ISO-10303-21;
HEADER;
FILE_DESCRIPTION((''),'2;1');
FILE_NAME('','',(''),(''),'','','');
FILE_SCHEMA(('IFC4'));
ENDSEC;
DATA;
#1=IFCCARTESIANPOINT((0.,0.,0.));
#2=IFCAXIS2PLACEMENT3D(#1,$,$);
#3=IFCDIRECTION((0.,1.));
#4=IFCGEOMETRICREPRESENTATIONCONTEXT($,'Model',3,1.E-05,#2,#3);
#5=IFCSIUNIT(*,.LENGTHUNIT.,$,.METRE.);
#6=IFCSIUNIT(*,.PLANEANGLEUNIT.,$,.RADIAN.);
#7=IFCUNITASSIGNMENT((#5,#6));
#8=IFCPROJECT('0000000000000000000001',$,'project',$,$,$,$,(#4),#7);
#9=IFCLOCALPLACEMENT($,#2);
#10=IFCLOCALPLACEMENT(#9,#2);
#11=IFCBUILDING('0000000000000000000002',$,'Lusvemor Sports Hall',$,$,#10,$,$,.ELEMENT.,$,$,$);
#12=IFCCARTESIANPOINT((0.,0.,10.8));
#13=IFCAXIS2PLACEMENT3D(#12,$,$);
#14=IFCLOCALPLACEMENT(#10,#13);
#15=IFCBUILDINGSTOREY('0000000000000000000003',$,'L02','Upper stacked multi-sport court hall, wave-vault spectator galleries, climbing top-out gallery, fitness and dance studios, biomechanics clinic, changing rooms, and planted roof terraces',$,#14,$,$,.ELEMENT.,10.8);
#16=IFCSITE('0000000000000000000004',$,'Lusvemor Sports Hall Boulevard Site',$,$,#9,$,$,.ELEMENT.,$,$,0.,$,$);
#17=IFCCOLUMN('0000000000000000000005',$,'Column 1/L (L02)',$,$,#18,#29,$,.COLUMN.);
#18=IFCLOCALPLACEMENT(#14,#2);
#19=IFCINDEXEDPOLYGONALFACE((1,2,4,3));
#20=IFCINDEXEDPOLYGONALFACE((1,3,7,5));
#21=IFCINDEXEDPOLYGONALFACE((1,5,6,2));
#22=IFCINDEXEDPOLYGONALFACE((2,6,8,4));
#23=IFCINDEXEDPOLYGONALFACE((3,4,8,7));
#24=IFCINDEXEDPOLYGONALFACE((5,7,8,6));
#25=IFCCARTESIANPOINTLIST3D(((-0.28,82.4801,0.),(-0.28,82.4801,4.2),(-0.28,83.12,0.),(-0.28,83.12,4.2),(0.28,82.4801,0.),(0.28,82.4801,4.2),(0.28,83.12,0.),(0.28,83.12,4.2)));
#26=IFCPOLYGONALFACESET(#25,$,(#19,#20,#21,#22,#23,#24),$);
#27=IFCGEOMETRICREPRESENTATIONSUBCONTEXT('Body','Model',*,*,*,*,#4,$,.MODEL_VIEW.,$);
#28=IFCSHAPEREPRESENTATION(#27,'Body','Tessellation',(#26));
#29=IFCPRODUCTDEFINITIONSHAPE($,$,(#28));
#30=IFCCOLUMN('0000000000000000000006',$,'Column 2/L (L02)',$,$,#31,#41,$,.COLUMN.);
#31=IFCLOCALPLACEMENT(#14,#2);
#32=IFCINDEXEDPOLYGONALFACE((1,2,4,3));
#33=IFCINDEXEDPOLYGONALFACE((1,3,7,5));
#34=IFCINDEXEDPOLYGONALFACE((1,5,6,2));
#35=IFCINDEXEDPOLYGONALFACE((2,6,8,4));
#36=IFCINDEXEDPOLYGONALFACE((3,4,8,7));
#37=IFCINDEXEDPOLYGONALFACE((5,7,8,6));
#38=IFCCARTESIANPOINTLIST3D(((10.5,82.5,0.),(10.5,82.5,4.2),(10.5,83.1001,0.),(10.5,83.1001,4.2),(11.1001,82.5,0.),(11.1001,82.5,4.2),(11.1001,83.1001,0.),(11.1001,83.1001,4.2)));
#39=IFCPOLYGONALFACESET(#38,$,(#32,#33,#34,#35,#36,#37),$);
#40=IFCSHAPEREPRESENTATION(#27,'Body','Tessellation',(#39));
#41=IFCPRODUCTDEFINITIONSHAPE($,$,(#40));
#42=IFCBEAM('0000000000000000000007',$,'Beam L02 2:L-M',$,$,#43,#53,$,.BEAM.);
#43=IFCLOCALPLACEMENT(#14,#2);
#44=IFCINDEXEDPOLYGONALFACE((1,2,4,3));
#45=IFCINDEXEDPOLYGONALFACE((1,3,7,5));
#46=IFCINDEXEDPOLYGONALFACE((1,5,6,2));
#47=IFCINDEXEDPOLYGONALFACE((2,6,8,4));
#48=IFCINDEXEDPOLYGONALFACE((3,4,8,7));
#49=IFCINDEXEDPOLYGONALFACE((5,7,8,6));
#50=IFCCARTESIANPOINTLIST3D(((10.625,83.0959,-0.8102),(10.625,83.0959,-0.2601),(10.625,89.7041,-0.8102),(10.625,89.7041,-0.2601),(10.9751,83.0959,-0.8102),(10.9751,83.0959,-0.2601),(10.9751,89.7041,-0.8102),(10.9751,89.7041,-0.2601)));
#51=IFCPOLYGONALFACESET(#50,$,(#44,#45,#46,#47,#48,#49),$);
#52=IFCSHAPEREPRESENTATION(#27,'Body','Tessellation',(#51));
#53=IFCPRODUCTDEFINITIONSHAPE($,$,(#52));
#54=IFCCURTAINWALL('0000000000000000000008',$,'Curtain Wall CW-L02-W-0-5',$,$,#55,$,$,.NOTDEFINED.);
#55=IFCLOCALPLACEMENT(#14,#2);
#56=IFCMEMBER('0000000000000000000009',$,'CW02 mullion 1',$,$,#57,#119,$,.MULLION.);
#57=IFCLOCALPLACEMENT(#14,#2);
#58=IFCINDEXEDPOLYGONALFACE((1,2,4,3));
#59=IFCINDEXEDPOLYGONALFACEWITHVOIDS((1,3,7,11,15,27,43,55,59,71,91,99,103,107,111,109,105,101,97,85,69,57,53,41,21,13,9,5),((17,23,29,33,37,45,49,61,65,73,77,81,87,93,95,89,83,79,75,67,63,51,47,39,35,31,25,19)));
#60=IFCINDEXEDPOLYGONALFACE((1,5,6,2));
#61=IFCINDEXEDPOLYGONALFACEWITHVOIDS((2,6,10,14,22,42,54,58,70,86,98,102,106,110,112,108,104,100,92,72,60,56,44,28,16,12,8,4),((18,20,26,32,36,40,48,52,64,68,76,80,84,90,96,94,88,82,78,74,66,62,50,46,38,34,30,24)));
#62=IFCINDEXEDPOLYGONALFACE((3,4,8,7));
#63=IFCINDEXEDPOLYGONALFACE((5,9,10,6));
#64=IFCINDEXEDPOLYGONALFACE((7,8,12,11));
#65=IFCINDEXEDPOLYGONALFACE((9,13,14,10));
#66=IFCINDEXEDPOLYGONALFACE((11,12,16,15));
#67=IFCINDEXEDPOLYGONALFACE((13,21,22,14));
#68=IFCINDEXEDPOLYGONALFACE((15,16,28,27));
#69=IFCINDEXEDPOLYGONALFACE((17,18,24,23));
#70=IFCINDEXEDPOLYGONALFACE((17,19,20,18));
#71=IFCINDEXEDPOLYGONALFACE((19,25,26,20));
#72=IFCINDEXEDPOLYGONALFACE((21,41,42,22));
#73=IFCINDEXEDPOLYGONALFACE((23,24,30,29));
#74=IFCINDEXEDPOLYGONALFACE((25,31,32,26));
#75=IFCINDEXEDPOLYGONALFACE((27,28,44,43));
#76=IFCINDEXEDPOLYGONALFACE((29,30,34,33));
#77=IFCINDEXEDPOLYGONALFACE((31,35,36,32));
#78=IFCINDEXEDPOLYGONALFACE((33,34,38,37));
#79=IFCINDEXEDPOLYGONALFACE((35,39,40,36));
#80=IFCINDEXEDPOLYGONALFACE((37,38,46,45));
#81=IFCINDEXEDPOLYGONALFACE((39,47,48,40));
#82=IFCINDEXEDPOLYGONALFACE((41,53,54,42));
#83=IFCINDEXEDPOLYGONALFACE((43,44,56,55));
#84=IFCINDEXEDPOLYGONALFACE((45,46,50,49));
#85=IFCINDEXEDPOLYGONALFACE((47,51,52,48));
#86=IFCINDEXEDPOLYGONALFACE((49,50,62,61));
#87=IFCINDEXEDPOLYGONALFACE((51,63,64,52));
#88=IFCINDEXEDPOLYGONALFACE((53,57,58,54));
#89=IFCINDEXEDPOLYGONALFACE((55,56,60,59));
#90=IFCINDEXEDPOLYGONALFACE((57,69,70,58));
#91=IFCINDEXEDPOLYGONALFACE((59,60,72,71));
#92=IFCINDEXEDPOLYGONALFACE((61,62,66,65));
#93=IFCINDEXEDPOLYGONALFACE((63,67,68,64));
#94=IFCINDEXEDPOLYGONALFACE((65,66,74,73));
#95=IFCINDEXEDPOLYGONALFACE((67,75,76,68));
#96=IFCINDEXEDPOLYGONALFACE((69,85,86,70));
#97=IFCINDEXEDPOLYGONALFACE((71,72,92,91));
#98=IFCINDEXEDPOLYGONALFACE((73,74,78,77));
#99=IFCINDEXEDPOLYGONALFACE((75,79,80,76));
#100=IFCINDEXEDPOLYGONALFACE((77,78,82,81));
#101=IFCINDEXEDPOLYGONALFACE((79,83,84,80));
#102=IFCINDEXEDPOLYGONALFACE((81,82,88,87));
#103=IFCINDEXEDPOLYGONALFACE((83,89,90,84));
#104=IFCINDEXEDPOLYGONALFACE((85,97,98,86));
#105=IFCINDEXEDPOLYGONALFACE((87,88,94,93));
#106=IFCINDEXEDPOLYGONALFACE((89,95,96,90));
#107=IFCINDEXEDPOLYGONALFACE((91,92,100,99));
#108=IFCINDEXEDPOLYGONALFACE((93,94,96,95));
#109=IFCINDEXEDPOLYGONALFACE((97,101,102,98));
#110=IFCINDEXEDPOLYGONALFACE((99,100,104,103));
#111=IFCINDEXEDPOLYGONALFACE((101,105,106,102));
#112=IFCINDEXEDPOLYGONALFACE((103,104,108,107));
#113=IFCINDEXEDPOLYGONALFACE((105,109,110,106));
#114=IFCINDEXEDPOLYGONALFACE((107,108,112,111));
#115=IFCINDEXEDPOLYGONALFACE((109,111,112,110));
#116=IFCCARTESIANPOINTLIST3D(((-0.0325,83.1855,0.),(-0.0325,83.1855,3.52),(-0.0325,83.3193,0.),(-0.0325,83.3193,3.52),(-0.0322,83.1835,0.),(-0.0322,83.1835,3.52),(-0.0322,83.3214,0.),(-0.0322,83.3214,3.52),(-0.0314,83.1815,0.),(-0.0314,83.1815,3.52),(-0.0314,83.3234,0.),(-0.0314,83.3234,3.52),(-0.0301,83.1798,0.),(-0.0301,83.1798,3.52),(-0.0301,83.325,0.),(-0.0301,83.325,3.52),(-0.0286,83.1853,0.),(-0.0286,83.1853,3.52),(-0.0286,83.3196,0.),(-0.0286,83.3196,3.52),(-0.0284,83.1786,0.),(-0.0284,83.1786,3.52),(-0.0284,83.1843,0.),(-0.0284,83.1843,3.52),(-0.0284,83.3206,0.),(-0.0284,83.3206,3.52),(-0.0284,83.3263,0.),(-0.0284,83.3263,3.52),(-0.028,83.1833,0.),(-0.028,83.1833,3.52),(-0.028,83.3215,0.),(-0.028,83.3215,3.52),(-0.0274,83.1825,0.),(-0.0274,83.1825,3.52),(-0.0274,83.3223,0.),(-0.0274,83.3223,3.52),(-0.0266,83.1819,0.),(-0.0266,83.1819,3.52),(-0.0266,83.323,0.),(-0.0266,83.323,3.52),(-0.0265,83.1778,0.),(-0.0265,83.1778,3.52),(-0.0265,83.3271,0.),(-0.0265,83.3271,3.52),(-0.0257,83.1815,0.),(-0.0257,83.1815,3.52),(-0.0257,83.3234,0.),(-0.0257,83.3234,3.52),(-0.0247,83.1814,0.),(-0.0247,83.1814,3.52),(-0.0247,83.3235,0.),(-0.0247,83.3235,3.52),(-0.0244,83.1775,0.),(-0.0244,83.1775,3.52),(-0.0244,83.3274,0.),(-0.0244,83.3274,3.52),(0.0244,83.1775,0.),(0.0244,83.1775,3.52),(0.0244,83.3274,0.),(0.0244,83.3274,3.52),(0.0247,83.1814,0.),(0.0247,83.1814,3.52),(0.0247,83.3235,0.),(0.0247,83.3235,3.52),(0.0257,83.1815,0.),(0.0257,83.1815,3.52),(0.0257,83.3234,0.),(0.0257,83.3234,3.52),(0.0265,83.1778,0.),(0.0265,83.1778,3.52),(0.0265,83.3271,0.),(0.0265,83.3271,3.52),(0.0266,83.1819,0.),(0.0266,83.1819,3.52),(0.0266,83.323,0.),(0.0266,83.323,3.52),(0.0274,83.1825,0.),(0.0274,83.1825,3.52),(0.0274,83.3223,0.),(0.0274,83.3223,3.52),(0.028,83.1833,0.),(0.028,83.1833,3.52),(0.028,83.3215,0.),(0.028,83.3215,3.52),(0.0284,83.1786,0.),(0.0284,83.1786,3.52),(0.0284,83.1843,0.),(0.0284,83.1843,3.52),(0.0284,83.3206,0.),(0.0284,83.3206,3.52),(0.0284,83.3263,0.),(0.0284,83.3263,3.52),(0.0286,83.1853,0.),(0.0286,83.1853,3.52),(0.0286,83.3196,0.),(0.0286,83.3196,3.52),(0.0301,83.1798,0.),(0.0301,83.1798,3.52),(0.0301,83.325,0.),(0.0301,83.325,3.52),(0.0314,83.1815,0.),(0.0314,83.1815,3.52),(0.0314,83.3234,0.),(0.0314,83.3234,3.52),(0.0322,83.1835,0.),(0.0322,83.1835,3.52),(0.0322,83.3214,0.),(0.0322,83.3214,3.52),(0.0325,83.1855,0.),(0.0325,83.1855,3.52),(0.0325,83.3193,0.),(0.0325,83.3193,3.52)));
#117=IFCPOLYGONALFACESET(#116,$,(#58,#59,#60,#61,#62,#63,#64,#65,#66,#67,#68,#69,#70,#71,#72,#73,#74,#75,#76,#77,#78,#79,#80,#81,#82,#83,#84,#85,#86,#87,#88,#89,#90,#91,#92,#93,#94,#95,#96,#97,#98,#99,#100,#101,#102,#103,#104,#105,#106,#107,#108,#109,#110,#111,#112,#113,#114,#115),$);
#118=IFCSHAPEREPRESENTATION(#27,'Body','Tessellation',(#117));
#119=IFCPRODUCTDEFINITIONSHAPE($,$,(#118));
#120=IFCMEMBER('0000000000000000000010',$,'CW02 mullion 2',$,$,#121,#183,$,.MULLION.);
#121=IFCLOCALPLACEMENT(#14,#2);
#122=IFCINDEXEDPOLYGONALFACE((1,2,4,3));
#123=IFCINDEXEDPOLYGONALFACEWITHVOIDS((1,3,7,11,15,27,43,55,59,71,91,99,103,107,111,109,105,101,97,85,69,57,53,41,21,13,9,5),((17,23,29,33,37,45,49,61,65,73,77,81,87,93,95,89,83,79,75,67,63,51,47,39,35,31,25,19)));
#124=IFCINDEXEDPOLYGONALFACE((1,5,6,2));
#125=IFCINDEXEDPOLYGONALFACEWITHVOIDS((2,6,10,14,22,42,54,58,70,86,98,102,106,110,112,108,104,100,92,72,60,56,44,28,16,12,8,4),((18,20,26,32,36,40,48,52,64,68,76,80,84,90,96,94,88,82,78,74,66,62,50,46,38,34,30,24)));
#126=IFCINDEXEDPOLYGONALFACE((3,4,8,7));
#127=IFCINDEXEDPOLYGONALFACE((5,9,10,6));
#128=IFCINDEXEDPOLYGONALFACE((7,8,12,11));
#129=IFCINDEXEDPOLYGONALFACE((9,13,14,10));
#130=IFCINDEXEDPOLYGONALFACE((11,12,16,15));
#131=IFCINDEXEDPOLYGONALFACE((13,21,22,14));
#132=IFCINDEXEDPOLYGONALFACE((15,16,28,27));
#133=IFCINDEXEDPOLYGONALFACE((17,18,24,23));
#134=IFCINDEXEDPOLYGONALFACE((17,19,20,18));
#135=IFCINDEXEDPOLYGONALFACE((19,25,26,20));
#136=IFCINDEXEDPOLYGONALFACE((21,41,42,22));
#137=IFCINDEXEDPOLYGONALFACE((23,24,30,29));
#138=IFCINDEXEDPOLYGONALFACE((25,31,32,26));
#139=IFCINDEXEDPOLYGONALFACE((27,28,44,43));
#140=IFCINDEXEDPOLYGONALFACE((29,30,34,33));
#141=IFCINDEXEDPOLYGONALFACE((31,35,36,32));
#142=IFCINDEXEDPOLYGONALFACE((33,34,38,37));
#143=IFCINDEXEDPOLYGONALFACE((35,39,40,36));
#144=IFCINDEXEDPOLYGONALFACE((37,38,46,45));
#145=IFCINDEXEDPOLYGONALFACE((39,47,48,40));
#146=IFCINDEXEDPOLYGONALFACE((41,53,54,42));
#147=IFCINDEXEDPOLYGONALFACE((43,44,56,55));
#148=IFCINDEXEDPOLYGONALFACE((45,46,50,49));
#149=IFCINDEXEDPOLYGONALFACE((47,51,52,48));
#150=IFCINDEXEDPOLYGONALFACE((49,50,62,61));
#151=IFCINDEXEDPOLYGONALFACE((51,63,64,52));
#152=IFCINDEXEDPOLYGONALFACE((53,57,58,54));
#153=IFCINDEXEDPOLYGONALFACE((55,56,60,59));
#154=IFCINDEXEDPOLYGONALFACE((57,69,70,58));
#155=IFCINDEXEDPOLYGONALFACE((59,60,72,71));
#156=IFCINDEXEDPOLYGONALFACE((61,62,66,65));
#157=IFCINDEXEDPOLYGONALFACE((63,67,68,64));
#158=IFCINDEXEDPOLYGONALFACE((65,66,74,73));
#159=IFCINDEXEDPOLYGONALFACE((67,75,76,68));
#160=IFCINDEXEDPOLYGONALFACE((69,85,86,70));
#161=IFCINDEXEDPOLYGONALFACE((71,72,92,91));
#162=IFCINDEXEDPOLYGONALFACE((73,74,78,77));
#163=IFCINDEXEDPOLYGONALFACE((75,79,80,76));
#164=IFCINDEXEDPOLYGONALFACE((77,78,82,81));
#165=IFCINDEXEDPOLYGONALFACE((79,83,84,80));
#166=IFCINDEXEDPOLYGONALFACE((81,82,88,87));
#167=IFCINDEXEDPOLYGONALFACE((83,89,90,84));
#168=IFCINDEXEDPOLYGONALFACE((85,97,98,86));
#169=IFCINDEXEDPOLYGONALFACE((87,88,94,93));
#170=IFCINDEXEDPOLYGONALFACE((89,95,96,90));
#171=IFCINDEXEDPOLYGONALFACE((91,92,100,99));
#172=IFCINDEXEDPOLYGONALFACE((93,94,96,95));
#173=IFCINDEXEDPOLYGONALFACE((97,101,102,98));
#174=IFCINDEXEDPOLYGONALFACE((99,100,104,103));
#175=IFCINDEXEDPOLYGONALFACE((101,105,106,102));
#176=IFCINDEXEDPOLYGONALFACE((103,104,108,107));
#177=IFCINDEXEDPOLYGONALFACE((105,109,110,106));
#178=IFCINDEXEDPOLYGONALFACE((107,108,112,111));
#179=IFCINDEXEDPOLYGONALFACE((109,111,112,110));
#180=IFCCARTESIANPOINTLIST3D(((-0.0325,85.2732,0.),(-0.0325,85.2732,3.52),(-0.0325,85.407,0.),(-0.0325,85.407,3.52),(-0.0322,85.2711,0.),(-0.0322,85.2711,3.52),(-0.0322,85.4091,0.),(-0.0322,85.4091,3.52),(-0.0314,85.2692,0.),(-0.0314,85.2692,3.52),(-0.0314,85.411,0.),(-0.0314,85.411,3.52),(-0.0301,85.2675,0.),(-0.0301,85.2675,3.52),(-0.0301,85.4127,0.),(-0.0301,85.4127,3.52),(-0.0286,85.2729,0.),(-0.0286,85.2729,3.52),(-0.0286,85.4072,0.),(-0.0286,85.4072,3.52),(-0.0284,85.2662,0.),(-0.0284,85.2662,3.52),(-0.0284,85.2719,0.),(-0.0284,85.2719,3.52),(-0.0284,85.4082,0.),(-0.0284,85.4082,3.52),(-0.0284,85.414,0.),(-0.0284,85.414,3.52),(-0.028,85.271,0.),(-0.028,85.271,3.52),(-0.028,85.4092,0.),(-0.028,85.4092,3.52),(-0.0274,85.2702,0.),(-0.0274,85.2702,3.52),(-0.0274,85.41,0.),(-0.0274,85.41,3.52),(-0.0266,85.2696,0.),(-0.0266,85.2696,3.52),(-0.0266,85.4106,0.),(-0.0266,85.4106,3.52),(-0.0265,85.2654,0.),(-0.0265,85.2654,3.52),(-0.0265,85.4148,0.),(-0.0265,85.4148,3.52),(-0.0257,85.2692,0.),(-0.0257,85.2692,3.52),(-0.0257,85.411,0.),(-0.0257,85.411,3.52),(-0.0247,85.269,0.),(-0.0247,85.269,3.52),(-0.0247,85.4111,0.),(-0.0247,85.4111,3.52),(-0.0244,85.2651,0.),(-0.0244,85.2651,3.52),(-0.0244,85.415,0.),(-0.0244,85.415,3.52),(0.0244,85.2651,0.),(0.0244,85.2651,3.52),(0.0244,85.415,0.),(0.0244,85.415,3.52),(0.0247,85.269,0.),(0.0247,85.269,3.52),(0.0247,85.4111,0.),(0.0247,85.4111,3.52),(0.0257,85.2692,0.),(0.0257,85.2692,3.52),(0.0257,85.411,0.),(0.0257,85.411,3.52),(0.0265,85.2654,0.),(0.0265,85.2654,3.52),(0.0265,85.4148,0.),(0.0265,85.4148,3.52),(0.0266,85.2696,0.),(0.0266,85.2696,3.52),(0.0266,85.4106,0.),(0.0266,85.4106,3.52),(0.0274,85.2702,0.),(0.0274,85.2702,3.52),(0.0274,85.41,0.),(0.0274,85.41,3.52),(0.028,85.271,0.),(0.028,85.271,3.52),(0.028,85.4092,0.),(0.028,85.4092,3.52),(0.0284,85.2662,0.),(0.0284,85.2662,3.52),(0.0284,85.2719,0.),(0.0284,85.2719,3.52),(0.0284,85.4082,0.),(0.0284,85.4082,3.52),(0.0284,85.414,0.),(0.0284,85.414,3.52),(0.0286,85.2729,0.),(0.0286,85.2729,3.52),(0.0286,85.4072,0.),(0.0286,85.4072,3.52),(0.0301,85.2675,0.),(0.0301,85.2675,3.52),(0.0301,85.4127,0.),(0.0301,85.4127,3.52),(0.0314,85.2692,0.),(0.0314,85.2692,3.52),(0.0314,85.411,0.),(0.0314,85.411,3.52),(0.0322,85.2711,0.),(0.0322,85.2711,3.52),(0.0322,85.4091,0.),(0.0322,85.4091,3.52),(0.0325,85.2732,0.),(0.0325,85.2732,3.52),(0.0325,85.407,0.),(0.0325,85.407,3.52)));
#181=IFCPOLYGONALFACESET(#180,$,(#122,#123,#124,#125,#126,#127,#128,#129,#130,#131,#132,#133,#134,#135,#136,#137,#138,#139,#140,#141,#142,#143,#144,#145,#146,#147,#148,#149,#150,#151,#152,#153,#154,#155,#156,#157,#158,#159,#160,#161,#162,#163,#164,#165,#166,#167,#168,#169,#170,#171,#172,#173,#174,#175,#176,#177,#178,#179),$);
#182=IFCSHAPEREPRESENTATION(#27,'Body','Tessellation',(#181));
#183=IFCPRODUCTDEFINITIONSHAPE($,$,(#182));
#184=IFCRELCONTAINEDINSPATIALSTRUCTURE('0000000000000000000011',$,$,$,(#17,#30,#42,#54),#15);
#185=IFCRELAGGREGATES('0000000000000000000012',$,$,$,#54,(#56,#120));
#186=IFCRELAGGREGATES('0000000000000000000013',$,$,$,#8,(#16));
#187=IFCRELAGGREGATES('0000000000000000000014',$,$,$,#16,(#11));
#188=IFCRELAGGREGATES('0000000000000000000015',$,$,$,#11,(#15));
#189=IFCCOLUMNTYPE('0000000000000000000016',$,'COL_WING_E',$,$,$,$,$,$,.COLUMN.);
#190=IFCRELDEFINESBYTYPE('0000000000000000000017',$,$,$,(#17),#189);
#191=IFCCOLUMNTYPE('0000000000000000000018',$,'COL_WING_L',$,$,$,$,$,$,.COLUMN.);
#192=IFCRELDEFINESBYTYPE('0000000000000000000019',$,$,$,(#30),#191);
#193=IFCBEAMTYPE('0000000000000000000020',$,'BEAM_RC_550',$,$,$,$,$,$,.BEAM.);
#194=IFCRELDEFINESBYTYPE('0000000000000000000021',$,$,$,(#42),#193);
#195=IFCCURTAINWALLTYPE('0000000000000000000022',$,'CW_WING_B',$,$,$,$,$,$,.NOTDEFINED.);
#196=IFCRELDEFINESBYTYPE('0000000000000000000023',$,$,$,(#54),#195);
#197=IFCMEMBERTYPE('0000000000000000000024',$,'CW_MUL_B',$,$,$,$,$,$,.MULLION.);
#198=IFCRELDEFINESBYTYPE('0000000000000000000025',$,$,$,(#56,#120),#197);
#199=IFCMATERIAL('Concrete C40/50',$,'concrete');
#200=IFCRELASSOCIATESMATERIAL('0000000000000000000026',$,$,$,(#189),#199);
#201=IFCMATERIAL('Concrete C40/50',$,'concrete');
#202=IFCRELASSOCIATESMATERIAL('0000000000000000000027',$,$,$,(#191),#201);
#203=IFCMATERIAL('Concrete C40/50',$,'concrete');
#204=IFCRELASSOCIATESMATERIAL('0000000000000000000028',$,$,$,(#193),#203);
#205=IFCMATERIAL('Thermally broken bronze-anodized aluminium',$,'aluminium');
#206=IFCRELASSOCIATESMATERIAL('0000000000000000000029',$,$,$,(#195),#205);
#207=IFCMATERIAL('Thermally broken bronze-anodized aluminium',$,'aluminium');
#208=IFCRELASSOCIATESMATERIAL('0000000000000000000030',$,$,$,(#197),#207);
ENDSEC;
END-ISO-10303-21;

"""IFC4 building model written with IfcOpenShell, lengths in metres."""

from ifc_helpers import new_model, si_unit, direction, frame, origin, origin_2d, place, context, subcontext, project, spatial, rectangle, hollow_rectangle, extrude, material, material_profile, profile_set, type_object, element, aggregate, save


model = new_model("IFC4")

# Units and contexts
model_context = context("Model", 3, precision=1e-05, world=origin(), true_north=direction((0.0, 1.0)))
body_context = subcontext(model_context, "Body", "Model", "MODEL_VIEW")
ifc_project = project(units=[si_unit("LENGTHUNIT", "METRE"), si_unit("PLANEANGLEUNIT", "RADIAN")], contexts=[model_context])

# Site, building, storey
site_placement = place(None, origin())
site = spatial("IfcSite", under=ifc_project, at=site_placement, Name="Lusvemor Sports Hall Boulevard Site", CompositionType="ELEMENT", RefElevation=0.0)
building_placement = place(site_placement, origin())
building = spatial("IfcBuilding", under=site, at=building_placement, Name="Lusvemor Sports Hall", CompositionType="ELEMENT")
storey_placement = place(building_placement, frame((0.0, 0.0, 10.8)))
storey = spatial("IfcBuildingStorey", under=building, at=storey_placement, Name="L02", Description="Upper stacked multi-sport court hall, wave-vault spectator galleries, climbing top-out gallery, fitness and dance studios, biomechanics clinic, changing rooms, and planted roof terraces", CompositionType="ELEMENT", Elevation=10.8)

# Columns
ifc_material_1 = material(Name="Concrete C40/50", Category="concrete")
ifc_material_profile_1 = material_profile(ifc_material_1, rectangle(XDim=0.5601, YDim=0.6399, at=origin_2d()), Name="RC560x640")
ifc_profile_set_1 = profile_set([ifc_material_profile_1], Name="Concrete C40/50")
column_type_1 = type_object("IfcColumnType", Name="COL_WING_E", PredefinedType="COLUMN", material=ifc_profile_set_1)
column_1_placement = place(storey_placement, frame((0.0, 82.8, 0.0), z_axis=(0.0, 0.0, 1.0), x_axis=(1.0, 0.0, 0.0)))
element("IfcColumn", 1, at=column_1_placement, inside=storey, type_object=column_type_1, Name="Column 1/L (L02)", PredefinedType="COLUMN", context=body_context, shape_type="SweptSolid", body=[
    extrude(rectangle(XDim=0.5601, YDim=0.6399, at=origin_2d()), origin(), (0.0, 0.0, 1.0), 4.2),
])
ifc_material_2 = material(Name="Concrete C40/50", Category="concrete")
ifc_material_profile_2 = material_profile(ifc_material_2, rectangle(XDim=0.6001, YDim=0.6001, at=origin_2d()), Name="RC600x600")
ifc_profile_set_2 = profile_set([ifc_material_profile_2], Name="Concrete C40/50")
column_type_2 = type_object("IfcColumnType", Name="COL_WING_L", PredefinedType="COLUMN", material=ifc_profile_set_2)
column_2_placement = place(storey_placement, frame((10.8, 82.8, 0.0), z_axis=(0.0, 0.0, 1.0), x_axis=(1.0, 0.0, 0.0)))
element("IfcColumn", 2, at=column_2_placement, inside=storey, type_object=column_type_2, Name="Column 2/L (L02)", PredefinedType="COLUMN", context=body_context, shape_type="SweptSolid", body=[
    extrude(rectangle(XDim=0.6001, YDim=0.6001, at=origin_2d()), origin(), (0.0, 0.0, 1.0), 4.2),
])

# Beam
ifc_material_3 = material(Name="Concrete C40/50", Category="concrete")
ifc_material_profile_3 = material_profile(ifc_material_3, rectangle(XDim=0.3501, YDim=0.55, at=origin_2d()), Name="RC350x550")
ifc_profile_set_3 = profile_set([ifc_material_profile_3], Name="Concrete C40/50")
beam_type_1 = type_object("IfcBeamType", Name="BEAM_RC_550", PredefinedType="BEAM", material=ifc_profile_set_3)
beam_1_placement = place(storey_placement, frame((10.8, 83.0959, -0.5352), z_axis=(0.0, 1.0, 0.0), x_axis=(-1.0, 0.0, 0.0)))
element("IfcBeam", 3, at=beam_1_placement, inside=storey, type_object=beam_type_1, Name="Beam L02 2:L-M", PredefinedType="BEAM", context=body_context, shape_type="SweptSolid", body=[
    extrude(rectangle(XDim=0.3501, YDim=0.55, at=origin_2d()), origin(), (0.0, 0.0, 1.0), 6.6082),
])

# Curtain wall, members
ifc_material_4 = material(Name="Thermally broken bronze-anodized aluminium", Category="aluminium")
curtain_wall_type = type_object("IfcCurtainWallType", Name="CW_WING_B", PredefinedType="NOTDEFINED", material=ifc_material_4)
curtain_wall_placement = place(storey_placement, origin())
curtain_wall = element("IfcCurtainWall", 4, at=curtain_wall_placement, inside=storey, type_object=curtain_wall_type, Name="Curtain Wall CW-L02-W-0-5", PredefinedType="NOTDEFINED")
ifc_material_5 = material(Name="Thermally broken bronze-anodized aluminium", Category="aluminium")
ifc_material_profile_4 = material_profile(ifc_material_5, hollow_rectangle(XDim=0.0649, YDim=0.1499, WallThickness=0.0039, InnerFilletRadius=0.0039, OuterFilletRadius=0.0081, at=origin_2d()), Name="CWMUL150x65x4")
ifc_profile_set_4 = profile_set([ifc_material_profile_4], Name="Thermally broken bronze-anodized aluminium")
member_type_1 = type_object("IfcMemberType", Name="CW_MUL_B", PredefinedType="MULLION", material=ifc_profile_set_4)
member_1_placement = place(storey_placement, frame((0.0, 83.2524, 0.0), z_axis=(0.0, 0.0, 1.0), x_axis=(-1.0, 0.0, 0.0)))
member_1 = element("IfcMember", 5, at=member_1_placement, type_object=member_type_1, Name="CW02 mullion 1", PredefinedType="MULLION", context=body_context, shape_type="SweptSolid", body=[
    extrude(hollow_rectangle(XDim=0.0649, YDim=0.1499, WallThickness=0.0039, InnerFilletRadius=0.0039, OuterFilletRadius=0.0081, at=origin_2d()), origin(), (0.0, 0.0, 1.0), 3.52),
])
member_2_placement = place(storey_placement, frame((0.0, 85.3401, 0.0), z_axis=(0.0, 0.0, 1.0), x_axis=(-1.0, 0.0, 0.0)))
member_2 = element("IfcMember", 6, at=member_2_placement, type_object=member_type_1, Name="CW02 mullion 2", PredefinedType="MULLION", context=body_context, shape_type="SweptSolid", body=[
    extrude(hollow_rectangle(XDim=0.0649, YDim=0.1499, WallThickness=0.0039, InnerFilletRadius=0.0039, OuterFilletRadius=0.0081, at=origin_2d()), origin(), (0.0, 0.0, 1.0), 3.52),
])

aggregate(curtain_wall, [member_1, member_2])

save(model, "model.ifc")
